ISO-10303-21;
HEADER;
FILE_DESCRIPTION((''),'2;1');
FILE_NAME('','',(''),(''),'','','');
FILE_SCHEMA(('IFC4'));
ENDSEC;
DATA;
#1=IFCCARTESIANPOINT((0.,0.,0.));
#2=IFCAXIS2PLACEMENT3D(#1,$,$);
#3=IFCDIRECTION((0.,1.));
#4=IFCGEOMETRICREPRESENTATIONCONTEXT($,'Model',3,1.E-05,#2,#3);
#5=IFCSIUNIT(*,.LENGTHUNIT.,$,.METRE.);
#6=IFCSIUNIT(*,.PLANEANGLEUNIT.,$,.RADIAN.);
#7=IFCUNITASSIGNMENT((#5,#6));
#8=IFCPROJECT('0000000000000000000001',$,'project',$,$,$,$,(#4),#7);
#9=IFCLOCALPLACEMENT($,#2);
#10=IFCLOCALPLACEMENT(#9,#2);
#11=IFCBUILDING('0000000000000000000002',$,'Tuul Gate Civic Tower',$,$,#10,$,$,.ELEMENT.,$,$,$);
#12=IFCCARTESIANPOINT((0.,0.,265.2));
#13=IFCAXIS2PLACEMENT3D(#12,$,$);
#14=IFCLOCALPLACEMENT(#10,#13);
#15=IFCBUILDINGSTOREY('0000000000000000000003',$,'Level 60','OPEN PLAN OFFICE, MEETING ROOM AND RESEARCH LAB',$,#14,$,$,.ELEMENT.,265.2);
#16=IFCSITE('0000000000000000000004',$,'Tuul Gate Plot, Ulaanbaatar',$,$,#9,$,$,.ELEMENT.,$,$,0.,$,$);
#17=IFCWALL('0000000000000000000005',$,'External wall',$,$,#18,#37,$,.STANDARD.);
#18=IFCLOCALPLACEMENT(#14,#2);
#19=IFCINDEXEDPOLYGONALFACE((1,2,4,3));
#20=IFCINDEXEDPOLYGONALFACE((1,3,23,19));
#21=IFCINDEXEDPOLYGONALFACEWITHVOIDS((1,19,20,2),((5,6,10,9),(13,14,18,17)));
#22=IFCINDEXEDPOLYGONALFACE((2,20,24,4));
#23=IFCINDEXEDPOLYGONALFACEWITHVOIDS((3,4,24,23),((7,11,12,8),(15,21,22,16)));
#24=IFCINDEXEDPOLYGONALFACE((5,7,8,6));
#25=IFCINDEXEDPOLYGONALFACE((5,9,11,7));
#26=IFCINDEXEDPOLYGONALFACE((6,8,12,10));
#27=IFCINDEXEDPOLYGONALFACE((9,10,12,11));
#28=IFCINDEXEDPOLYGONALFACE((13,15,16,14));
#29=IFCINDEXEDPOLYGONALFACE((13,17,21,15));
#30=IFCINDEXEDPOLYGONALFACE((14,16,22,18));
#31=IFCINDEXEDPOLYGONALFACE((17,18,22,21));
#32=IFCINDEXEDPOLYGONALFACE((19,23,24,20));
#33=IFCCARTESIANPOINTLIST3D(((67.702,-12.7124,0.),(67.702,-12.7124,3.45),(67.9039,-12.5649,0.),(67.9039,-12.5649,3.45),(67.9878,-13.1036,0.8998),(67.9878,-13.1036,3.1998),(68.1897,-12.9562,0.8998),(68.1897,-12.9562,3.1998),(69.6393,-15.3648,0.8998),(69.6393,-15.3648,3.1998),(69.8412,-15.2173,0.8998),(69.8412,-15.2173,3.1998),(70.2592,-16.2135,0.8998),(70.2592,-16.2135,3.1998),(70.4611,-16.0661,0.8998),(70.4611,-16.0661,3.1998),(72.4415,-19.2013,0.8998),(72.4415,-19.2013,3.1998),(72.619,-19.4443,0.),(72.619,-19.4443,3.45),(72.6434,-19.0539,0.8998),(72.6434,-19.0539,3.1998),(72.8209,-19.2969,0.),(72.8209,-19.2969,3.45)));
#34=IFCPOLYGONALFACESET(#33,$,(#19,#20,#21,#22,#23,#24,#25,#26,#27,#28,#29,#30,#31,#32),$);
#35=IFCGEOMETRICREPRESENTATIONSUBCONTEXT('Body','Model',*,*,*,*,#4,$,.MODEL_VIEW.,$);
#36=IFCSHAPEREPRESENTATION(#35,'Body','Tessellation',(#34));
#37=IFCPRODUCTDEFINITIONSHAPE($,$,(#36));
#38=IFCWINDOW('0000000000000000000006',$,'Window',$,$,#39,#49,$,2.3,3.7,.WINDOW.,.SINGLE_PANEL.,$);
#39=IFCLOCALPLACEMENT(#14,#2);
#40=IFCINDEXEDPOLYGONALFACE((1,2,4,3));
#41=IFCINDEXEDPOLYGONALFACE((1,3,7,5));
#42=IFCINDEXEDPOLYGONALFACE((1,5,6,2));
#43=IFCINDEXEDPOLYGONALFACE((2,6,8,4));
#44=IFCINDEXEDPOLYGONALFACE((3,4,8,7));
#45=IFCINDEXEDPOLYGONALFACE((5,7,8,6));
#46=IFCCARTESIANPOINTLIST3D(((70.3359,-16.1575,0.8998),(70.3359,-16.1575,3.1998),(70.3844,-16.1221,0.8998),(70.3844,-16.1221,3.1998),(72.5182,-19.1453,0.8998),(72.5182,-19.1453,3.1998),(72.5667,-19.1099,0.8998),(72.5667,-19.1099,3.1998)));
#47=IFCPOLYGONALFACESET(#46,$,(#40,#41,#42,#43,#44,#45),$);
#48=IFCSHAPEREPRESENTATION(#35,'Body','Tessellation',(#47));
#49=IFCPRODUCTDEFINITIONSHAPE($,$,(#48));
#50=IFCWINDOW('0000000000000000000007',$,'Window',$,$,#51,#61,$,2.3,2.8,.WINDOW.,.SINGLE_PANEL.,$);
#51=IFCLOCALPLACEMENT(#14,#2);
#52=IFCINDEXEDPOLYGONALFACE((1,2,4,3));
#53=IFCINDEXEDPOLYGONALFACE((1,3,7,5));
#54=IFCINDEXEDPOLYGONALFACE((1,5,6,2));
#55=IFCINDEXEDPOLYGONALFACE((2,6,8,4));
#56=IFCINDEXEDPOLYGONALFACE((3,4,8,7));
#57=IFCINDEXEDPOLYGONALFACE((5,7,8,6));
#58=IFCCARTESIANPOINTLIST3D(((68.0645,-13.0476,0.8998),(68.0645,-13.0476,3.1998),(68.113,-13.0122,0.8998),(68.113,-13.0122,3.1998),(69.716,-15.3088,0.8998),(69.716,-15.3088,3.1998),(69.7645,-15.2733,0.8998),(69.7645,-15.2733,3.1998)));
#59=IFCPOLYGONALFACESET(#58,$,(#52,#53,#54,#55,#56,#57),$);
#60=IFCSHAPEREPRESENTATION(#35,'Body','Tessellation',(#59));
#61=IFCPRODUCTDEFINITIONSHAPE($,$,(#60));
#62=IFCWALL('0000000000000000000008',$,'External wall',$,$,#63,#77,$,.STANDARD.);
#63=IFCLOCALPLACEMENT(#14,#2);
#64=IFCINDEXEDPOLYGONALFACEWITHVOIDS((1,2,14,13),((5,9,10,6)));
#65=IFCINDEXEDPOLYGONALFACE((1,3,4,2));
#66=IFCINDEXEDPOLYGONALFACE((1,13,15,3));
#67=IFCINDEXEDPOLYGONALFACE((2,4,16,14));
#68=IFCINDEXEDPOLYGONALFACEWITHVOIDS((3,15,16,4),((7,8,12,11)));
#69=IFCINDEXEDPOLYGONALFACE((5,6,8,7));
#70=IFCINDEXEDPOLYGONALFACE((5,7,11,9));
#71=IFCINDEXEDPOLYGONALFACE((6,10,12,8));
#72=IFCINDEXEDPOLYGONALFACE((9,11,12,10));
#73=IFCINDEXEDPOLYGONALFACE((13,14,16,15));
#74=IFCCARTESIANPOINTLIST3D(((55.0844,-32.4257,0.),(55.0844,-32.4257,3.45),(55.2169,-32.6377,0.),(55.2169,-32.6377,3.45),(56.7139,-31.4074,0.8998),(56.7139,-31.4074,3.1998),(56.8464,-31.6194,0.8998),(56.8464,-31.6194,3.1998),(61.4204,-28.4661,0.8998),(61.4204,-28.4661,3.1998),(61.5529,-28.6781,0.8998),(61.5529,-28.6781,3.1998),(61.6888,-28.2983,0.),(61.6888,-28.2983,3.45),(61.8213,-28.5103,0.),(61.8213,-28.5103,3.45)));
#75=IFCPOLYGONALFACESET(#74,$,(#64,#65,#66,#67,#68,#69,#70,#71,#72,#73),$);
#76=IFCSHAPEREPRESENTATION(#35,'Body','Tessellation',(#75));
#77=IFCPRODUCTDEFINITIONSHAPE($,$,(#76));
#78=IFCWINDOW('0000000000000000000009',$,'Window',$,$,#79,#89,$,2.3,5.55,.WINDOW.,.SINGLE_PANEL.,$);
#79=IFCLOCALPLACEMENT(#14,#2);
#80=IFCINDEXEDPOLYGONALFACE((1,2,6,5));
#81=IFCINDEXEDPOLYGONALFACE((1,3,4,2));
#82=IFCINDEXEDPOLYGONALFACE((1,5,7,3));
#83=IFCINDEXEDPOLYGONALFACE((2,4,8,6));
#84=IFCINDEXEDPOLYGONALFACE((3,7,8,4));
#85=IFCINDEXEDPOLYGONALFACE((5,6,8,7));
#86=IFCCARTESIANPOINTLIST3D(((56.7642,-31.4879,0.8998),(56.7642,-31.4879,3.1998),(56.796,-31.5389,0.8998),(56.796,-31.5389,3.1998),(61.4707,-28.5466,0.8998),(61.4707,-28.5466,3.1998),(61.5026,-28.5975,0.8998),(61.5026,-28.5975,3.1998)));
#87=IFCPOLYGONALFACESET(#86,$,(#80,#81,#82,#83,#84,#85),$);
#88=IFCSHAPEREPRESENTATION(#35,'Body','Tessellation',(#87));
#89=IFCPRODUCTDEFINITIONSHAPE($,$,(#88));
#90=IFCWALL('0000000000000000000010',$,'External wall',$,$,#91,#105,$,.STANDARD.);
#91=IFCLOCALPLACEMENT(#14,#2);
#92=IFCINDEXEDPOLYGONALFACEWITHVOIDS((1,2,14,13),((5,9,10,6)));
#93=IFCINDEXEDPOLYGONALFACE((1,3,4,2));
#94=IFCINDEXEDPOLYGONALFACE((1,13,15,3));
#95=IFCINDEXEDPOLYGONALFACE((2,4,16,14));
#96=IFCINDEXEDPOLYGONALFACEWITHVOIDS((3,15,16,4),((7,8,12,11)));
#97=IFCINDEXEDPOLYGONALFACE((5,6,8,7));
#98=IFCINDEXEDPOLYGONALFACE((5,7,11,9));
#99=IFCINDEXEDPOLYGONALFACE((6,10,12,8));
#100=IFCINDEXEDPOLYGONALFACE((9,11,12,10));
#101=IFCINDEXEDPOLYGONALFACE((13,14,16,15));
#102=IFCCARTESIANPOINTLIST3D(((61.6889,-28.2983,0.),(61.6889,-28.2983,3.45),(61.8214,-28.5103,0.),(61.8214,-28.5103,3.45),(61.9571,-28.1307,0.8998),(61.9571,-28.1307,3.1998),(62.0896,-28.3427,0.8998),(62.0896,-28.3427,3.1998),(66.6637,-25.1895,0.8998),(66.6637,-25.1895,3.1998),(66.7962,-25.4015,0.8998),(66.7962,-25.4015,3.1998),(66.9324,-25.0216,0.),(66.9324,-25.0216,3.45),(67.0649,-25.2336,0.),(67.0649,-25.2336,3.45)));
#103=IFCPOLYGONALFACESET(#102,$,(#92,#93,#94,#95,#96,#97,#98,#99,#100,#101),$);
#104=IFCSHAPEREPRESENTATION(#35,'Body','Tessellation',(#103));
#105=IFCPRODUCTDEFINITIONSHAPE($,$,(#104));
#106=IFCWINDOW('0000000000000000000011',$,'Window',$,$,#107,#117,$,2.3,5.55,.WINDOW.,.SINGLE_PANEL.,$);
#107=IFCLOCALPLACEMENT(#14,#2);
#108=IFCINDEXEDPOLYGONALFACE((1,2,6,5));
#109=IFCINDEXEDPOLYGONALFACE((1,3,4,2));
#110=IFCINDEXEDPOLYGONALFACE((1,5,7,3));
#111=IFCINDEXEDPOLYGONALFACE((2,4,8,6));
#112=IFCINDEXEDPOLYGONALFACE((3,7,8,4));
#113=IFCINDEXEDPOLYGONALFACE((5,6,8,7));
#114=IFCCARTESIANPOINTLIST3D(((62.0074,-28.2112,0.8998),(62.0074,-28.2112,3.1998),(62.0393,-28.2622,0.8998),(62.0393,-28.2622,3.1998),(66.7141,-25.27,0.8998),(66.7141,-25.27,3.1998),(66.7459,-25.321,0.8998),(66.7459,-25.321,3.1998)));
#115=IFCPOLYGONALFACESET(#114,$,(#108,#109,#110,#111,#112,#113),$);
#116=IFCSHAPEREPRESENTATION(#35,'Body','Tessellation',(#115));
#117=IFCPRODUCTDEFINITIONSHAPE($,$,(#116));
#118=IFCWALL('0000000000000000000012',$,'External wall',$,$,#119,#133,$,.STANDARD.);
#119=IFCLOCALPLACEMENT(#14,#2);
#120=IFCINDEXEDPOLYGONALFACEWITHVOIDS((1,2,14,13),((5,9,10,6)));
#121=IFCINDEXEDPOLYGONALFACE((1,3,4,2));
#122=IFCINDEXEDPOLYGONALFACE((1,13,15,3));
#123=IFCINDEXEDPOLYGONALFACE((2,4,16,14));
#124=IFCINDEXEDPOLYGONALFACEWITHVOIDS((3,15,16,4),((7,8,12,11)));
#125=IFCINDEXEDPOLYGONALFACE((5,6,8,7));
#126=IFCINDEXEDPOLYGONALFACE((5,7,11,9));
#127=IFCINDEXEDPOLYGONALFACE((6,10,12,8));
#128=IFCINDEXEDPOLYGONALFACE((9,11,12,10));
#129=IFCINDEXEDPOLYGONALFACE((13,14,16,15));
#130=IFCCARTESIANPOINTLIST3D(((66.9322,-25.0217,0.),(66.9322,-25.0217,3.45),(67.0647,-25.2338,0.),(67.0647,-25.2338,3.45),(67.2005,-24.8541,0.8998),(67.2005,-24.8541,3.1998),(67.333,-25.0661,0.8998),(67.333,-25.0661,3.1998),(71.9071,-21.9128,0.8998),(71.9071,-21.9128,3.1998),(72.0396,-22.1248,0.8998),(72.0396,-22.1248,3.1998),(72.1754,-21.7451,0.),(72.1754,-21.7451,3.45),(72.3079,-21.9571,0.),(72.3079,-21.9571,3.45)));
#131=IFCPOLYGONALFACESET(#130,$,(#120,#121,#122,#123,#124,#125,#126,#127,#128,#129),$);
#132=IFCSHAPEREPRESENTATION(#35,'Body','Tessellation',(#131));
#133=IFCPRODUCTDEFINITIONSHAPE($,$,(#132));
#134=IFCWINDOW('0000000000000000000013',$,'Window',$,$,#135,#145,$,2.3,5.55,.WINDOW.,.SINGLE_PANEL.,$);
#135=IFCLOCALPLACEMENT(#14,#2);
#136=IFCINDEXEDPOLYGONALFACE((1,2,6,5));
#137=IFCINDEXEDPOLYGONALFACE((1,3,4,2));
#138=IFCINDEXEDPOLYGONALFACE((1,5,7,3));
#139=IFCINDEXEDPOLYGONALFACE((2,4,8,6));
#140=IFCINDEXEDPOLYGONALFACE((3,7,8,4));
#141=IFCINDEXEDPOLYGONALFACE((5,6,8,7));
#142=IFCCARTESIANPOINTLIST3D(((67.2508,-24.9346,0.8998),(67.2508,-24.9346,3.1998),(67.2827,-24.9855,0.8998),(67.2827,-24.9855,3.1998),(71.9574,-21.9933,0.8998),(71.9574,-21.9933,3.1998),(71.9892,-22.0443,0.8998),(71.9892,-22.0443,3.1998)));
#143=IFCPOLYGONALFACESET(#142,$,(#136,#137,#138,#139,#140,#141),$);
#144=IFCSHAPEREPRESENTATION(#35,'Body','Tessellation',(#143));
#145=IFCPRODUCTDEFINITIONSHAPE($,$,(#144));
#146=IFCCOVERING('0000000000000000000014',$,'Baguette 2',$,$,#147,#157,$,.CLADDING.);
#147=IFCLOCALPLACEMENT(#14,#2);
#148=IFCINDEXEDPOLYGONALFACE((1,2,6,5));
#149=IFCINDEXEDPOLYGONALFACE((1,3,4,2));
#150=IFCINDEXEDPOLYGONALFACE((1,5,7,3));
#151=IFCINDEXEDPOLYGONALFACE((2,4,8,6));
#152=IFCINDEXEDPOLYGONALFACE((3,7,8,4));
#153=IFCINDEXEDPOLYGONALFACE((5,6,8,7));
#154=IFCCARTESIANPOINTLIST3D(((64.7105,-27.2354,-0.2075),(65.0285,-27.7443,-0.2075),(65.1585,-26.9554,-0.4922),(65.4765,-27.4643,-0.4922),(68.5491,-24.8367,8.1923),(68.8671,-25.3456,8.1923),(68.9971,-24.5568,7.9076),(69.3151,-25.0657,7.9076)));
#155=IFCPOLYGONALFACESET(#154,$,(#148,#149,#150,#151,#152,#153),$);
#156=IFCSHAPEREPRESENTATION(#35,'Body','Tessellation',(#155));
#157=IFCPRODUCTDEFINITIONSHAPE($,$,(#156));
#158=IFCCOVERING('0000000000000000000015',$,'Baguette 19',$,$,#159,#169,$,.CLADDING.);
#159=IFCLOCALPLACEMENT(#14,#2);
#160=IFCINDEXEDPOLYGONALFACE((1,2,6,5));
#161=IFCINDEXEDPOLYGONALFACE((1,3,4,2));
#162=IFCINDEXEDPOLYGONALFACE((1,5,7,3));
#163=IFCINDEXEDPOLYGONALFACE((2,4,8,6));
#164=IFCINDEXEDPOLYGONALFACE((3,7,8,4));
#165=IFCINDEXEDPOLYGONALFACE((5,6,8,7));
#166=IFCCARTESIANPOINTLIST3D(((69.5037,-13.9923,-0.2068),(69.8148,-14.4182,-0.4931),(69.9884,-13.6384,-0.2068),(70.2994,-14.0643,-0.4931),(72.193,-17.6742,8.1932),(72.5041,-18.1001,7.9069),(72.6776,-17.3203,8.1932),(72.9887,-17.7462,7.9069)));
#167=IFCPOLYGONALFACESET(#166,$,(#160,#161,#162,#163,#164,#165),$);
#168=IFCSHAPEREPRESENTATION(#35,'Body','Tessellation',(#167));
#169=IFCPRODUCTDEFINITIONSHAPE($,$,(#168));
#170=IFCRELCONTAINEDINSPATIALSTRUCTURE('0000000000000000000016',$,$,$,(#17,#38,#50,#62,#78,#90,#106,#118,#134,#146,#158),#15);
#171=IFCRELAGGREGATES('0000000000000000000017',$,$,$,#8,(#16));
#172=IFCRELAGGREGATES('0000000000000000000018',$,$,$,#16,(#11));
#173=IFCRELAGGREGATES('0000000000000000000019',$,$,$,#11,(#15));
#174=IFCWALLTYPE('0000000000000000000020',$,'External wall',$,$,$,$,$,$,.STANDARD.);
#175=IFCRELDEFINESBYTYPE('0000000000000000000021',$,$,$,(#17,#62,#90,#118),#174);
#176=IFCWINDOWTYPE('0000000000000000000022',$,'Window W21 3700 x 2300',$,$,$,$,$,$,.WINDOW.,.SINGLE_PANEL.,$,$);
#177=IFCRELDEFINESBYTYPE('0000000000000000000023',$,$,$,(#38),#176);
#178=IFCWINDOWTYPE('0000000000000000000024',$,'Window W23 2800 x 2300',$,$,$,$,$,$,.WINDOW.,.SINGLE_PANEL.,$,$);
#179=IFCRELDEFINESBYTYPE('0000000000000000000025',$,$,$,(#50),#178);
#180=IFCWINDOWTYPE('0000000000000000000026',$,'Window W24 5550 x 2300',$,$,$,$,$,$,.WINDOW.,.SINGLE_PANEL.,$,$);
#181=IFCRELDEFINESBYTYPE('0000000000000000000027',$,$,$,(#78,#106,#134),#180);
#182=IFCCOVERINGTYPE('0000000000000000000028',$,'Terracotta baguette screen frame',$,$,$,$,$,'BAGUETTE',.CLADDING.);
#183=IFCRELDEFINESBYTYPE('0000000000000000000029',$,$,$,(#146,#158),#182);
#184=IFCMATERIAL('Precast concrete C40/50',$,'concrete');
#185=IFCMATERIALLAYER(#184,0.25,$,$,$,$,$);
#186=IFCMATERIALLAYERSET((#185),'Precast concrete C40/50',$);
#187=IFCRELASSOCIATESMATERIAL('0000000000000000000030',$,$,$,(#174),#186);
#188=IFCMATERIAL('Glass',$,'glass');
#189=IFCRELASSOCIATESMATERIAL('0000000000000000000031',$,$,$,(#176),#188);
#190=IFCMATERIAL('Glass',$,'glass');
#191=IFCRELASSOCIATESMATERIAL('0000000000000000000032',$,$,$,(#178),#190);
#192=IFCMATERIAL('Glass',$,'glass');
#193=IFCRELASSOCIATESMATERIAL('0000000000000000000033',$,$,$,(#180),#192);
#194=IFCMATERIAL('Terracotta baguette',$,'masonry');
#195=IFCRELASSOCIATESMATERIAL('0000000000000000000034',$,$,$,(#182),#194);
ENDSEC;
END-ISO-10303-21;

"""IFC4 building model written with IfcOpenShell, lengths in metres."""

from ifc_helpers import new_model, si_unit, direction, frame, frame_2d, origin, origin_2d, place, context, subcontext, project, spatial, rectangle, extrude, material, layer, layer_set, material_profile, profile_set, type_object, element, fill, save


model = new_model("IFC4")

# Units and contexts
model_context = context("Model", 3, precision=1e-05, world=origin(), true_north=direction((0.0, 1.0)))
body_context = subcontext(model_context, "Body", "Model", "MODEL_VIEW")
ifc_project = project(units=[si_unit("LENGTHUNIT", "METRE"), si_unit("PLANEANGLEUNIT", "RADIAN")], contexts=[model_context])

# Site, building, storey
site_placement = place(None, origin())
site = spatial("IfcSite", under=ifc_project, at=site_placement, Name="Tuul Gate Plot, Ulaanbaatar", CompositionType="ELEMENT", RefElevation=0.0)
building_placement = place(site_placement, origin())
building = spatial("IfcBuilding", under=site, at=building_placement, Name="Tuul Gate Civic Tower", CompositionType="ELEMENT")
storey_placement = place(building_placement, frame((0.0, 0.0, 265.2)))
storey = spatial("IfcBuildingStorey", under=building, at=storey_placement, Name="Level 60", Description="OPEN PLAN OFFICE, MEETING ROOM AND RESEARCH LAB", CompositionType="ELEMENT", Elevation=265.2)

# Shared definitions
ifc_material_1 = material(Name="Precast concrete C40/50", Category="concrete")
ifc_layer = layer(ifc_material_1, 0.25)
ifc_layer_set = layer_set([ifc_layer], Name="Precast concrete C40/50")
wall_type = type_object("IfcWallType", Name="External wall", PredefinedType="STANDARD", material=ifc_layer_set)

# Wall, openings, windows
wall_1_placement = place(storey_placement, frame((72.72, -19.3706, 0.0), z_axis=(0.0, 0.0, 1.0), x_axis=(-0.589821, 0.807534, 0.0)))
wall_1 = element("IfcWall", 1, at=wall_1_placement, inside=storey, type_object=wall_type, Name="External wall", PredefinedType="STANDARD", context=body_context, shape_type="SweptSolid", body=[
    extrude(rectangle(XDim=8.3364, YDim=0.25, at=frame_2d((4.1682, 0.0))), origin(), (0.0, 0.0, 1.0), 3.45),
])
opening_1_placement = place(wall_1_placement, frame((0.3008, 0.0, 0.8999)))
opening_1 = element("IfcOpeningElement", 2, at=opening_1_placement, cuts=wall_1, PredefinedType="OPENING", context=body_context, shape_type="SweptSolid", body=[
    extrude(rectangle(XDim=3.7, YDim=2.3, at=frame_2d((1.8501, 1.1499))), frame((0.0, 0.135, 0.0), z_axis=(0.0, -1.0, 0.0), x_axis=(1.0, 0.0, 0.0)), (0.0, 0.0, 1.0), 0.27),
])
opening_2_placement = place(wall_1_placement, frame((5.052, 0.0, 0.8999)))
opening_2 = element("IfcOpeningElement", 3, at=opening_2_placement, cuts=wall_1, PredefinedType="OPENING", context=body_context, shape_type="SweptSolid", body=[
    extrude(rectangle(XDim=2.8, YDim=2.3, at=frame_2d((1.3999, 1.1499))), frame((0.0, 0.135, 0.0), z_axis=(0.0, -1.0, 0.0), x_axis=(1.0, 0.0, 0.0)), (0.0, 0.0, 1.0), 0.27),
])
ifc_material_2 = material(Name="Glass", Category="glass")
window_type_1 = type_object("IfcWindowType", Name="Window W21 3700 x 2300", PartitioningType="SINGLE_PANEL", PredefinedType="WINDOW", material=ifc_material_2)
window_1_placement = place(opening_1_placement, origin())
window_1 = element("IfcWindow", 4, at=window_1_placement, inside=storey, type_object=window_type_1, Name="Window", OverallHeight=2.3, OverallWidth=3.7, PartitioningType="SINGLE_PANEL", PredefinedType="WINDOW", context=body_context, shape_type="SweptSolid", body=[
    extrude(rectangle(XDim=3.7, YDim=2.3, at=frame_2d((1.8501, 1.1499))), frame((0.0, 0.03, 0.0), z_axis=(0.0, -1.0, 0.0), x_axis=(1.0, 0.0, 0.0)), (0.0, 0.0, 1.0), 0.0601),
])
fill(opening_1, window_1)
ifc_material_3 = material(Name="Glass", Category="glass")
window_type_2 = type_object("IfcWindowType", Name="Window W23 2800 x 2300", PartitioningType="SINGLE_PANEL", PredefinedType="WINDOW", material=ifc_material_3)
window_2_placement = place(opening_2_placement, origin())
window_2 = element("IfcWindow", 5, at=window_2_placement, inside=storey, type_object=window_type_2, Name="Window", OverallHeight=2.3, OverallWidth=2.8, PartitioningType="SINGLE_PANEL", PredefinedType="WINDOW", context=body_context, shape_type="SweptSolid", body=[
    extrude(rectangle(XDim=2.8, YDim=2.3, at=frame_2d((1.3999, 1.1499))), frame((0.0, 0.03, 0.0), z_axis=(0.0, -1.0, 0.0), x_axis=(1.0, 0.0, 0.0)), (0.0, 0.0, 1.0), 0.0601),
])
fill(opening_2, window_2)

# Walls, openings, windows
wall_2_placement = place(storey_placement, frame((55.1506, -32.5317, 0.0), z_axis=(0.0, 0.0, 1.0), x_axis=(0.848019, 0.529965, 0.0)))
wall_2 = element("IfcWall", 6, at=wall_2_placement, inside=storey, type_object=wall_type, Name="External wall", PredefinedType="STANDARD", context=body_context, shape_type="SweptSolid", body=[
    extrude(rectangle(XDim=7.7881, YDim=0.25, at=frame_2d((3.894, 0.0))), origin(), (0.0, 0.0, 1.0), 3.45),
])
opening_3_placement = place(wall_2_placement, frame((1.9216, 0.0, 0.8999)))
opening_3 = element("IfcOpeningElement", 7, at=opening_3_placement, cuts=wall_2, PredefinedType="OPENING", context=body_context, shape_type="SweptSolid", body=[
    extrude(rectangle(XDim=5.55, YDim=2.3, at=frame_2d((2.7749, 1.1499))), frame((0.0, 0.135, 0.0), z_axis=(0.0, -1.0, 0.0), x_axis=(1.0, 0.0, 0.0)), (0.0, 0.0, 1.0), 0.27),
])
ifc_material_4 = material(Name="Glass", Category="glass")
window_type_3 = type_object("IfcWindowType", Name="Window W24 5550 x 2300", PartitioningType="SINGLE_PANEL", PredefinedType="WINDOW", material=ifc_material_4)
window_3_placement = place(opening_3_placement, origin())
window_3 = element("IfcWindow", 8, at=window_3_placement, inside=storey, type_object=window_type_3, Name="Window", OverallHeight=2.3, OverallWidth=5.55, PartitioningType="SINGLE_PANEL", PredefinedType="WINDOW", context=body_context, shape_type="SweptSolid", body=[
    extrude(rectangle(XDim=5.55, YDim=2.3, at=frame_2d((2.7749, 1.1499))), frame((0.0, 0.03, 0.0), z_axis=(0.0, -1.0, 0.0), x_axis=(1.0, 0.0, 0.0)), (0.0, 0.0, 1.0), 0.0601),
])
fill(opening_3, window_3)
wall_3_placement = place(storey_placement, frame((61.7551, -28.4043, 0.0), z_axis=(0.0, 0.0, 1.0), x_axis=(0.848036, 0.529939, 0.0)))
wall_3 = element("IfcWall", 9, at=wall_3_placement, inside=storey, type_object=wall_type, Name="External wall", PredefinedType="STANDARD", context=body_context, shape_type="SweptSolid", body=[
    extrude(rectangle(XDim=6.1831, YDim=0.25, at=frame_2d((3.0916, 0.0))), origin(), (0.0, 0.0, 1.0), 3.45),
])
opening_4_placement = place(wall_3_placement, frame((0.3164, 0.0, 0.8999)))
opening_4 = element("IfcOpeningElement", 10, at=opening_4_placement, cuts=wall_3, PredefinedType="OPENING", context=body_context, shape_type="SweptSolid", body=[
    extrude(rectangle(XDim=5.55, YDim=2.3, at=frame_2d((2.7749, 1.1499))), frame((0.0, 0.135, 0.0), z_axis=(0.0, -1.0, 0.0), x_axis=(1.0, 0.0, 0.0)), (0.0, 0.0, 1.0), 0.27),
])
window_4_placement = place(opening_4_placement, origin())
window_4 = element("IfcWindow", 11, at=window_4_placement, inside=storey, type_object=window_type_3, Name="Window", OverallHeight=2.3, OverallWidth=5.55, PartitioningType="SINGLE_PANEL", PredefinedType="WINDOW", context=body_context, shape_type="SweptSolid", body=[
    extrude(rectangle(XDim=5.55, YDim=2.3, at=frame_2d((2.7749, 1.1499))), frame((0.0, 0.03, 0.0), z_axis=(0.0, -1.0, 0.0), x_axis=(1.0, 0.0, 0.0)), (0.0, 0.0, 1.0), 0.0601),
])
fill(opening_4, window_4)
wall_4_placement = place(storey_placement, frame((66.9985, -25.1277, 0.0), z_axis=(0.0, 0.0, 1.0), x_axis=(0.848025, 0.529956, 0.0)))
wall_4 = element("IfcWall", 12, at=wall_4_placement, inside=storey, type_object=wall_type, Name="External wall", PredefinedType="STANDARD", context=body_context, shape_type="SweptSolid", body=[
    extrude(rectangle(XDim=6.1829, YDim=0.25, at=frame_2d((3.0913, 0.0))), origin(), (0.0, 0.0, 1.0), 3.45),
])
opening_5_placement = place(wall_4_placement, frame((0.3164, 0.0, 0.8999)))
opening_5 = element("IfcOpeningElement", 13, at=opening_5_placement, cuts=wall_4, PredefinedType="OPENING", context=body_context, shape_type="SweptSolid", body=[
    extrude(rectangle(XDim=5.55, YDim=2.3, at=frame_2d((2.7749, 1.1499))), frame((0.0, 0.135, 0.0), z_axis=(0.0, -1.0, 0.0), x_axis=(1.0, 0.0, 0.0)), (0.0, 0.0, 1.0), 0.27),
])
window_5_placement = place(opening_5_placement, origin())
window_5 = element("IfcWindow", 14, at=window_5_placement, inside=storey, type_object=window_type_3, Name="Window", OverallHeight=2.3, OverallWidth=5.55, PartitioningType="SINGLE_PANEL", PredefinedType="WINDOW", context=body_context, shape_type="SweptSolid", body=[
    extrude(rectangle(XDim=5.55, YDim=2.3, at=frame_2d((2.7749, 1.1499))), frame((0.0, 0.03, 0.0), z_axis=(0.0, -1.0, 0.0), x_axis=(1.0, 0.0, 0.0)), (0.0, 0.0, 1.0), 0.0601),
])
fill(opening_5, window_5)

# Coverings
ifc_material_5 = material(Name="Terracotta baguette", Category="masonry")
ifc_material_profile_1 = material_profile(ifc_material_5, rectangle(XDim=0.6001, YDim=0.6001, at=origin_2d()), Name="Terracotta baguette screen frame")
ifc_profile_set_1 = profile_set([ifc_material_profile_1], Name="Terracotta baguette")
covering_type = type_object("IfcCoveringType", Name="Terracotta baguette screen frame", ElementType="BAGUETTE", PredefinedType="CLADDING", material=ifc_profile_set_1)
covering_1_placement = place(storey_placement, frame((65.0935, -27.3499, -0.3499), z_axis=(0.402293, 0.251385, 0.880321), x_axis=(-0.529926, 0.848044, 0.0)))
element("IfcCovering", 15, at=covering_1_placement, inside=storey, type_object=covering_type, Name="Baguette 2", PredefinedType="CLADDING", context=body_context, shape_type="SweptSolid", body=[
    extrude(rectangle(XDim=0.6001, YDim=0.6001, at=origin_2d()), origin(), (0.0, 0.0, 1.0), 9.5417),
])
covering_2_placement = place(storey_placement, frame((72.5908, -17.7102, 8.05), z_axis=(-0.281371, 0.385234, -0.878877), x_axis=(-0.807537, -0.589817, 0.0)))
element("IfcCovering", 16, at=covering_2_placement, inside=storey, type_object=covering_type, Name="Baguette 19", PredefinedType="CLADDING", context=body_context, shape_type="SweptSolid", body=[
    extrude(rectangle(XDim=0.6001, YDim=0.6001, at=origin_2d()), origin(), (0.0, 0.0, 1.0), 9.5576),
])

save(model, "model.ifc")
